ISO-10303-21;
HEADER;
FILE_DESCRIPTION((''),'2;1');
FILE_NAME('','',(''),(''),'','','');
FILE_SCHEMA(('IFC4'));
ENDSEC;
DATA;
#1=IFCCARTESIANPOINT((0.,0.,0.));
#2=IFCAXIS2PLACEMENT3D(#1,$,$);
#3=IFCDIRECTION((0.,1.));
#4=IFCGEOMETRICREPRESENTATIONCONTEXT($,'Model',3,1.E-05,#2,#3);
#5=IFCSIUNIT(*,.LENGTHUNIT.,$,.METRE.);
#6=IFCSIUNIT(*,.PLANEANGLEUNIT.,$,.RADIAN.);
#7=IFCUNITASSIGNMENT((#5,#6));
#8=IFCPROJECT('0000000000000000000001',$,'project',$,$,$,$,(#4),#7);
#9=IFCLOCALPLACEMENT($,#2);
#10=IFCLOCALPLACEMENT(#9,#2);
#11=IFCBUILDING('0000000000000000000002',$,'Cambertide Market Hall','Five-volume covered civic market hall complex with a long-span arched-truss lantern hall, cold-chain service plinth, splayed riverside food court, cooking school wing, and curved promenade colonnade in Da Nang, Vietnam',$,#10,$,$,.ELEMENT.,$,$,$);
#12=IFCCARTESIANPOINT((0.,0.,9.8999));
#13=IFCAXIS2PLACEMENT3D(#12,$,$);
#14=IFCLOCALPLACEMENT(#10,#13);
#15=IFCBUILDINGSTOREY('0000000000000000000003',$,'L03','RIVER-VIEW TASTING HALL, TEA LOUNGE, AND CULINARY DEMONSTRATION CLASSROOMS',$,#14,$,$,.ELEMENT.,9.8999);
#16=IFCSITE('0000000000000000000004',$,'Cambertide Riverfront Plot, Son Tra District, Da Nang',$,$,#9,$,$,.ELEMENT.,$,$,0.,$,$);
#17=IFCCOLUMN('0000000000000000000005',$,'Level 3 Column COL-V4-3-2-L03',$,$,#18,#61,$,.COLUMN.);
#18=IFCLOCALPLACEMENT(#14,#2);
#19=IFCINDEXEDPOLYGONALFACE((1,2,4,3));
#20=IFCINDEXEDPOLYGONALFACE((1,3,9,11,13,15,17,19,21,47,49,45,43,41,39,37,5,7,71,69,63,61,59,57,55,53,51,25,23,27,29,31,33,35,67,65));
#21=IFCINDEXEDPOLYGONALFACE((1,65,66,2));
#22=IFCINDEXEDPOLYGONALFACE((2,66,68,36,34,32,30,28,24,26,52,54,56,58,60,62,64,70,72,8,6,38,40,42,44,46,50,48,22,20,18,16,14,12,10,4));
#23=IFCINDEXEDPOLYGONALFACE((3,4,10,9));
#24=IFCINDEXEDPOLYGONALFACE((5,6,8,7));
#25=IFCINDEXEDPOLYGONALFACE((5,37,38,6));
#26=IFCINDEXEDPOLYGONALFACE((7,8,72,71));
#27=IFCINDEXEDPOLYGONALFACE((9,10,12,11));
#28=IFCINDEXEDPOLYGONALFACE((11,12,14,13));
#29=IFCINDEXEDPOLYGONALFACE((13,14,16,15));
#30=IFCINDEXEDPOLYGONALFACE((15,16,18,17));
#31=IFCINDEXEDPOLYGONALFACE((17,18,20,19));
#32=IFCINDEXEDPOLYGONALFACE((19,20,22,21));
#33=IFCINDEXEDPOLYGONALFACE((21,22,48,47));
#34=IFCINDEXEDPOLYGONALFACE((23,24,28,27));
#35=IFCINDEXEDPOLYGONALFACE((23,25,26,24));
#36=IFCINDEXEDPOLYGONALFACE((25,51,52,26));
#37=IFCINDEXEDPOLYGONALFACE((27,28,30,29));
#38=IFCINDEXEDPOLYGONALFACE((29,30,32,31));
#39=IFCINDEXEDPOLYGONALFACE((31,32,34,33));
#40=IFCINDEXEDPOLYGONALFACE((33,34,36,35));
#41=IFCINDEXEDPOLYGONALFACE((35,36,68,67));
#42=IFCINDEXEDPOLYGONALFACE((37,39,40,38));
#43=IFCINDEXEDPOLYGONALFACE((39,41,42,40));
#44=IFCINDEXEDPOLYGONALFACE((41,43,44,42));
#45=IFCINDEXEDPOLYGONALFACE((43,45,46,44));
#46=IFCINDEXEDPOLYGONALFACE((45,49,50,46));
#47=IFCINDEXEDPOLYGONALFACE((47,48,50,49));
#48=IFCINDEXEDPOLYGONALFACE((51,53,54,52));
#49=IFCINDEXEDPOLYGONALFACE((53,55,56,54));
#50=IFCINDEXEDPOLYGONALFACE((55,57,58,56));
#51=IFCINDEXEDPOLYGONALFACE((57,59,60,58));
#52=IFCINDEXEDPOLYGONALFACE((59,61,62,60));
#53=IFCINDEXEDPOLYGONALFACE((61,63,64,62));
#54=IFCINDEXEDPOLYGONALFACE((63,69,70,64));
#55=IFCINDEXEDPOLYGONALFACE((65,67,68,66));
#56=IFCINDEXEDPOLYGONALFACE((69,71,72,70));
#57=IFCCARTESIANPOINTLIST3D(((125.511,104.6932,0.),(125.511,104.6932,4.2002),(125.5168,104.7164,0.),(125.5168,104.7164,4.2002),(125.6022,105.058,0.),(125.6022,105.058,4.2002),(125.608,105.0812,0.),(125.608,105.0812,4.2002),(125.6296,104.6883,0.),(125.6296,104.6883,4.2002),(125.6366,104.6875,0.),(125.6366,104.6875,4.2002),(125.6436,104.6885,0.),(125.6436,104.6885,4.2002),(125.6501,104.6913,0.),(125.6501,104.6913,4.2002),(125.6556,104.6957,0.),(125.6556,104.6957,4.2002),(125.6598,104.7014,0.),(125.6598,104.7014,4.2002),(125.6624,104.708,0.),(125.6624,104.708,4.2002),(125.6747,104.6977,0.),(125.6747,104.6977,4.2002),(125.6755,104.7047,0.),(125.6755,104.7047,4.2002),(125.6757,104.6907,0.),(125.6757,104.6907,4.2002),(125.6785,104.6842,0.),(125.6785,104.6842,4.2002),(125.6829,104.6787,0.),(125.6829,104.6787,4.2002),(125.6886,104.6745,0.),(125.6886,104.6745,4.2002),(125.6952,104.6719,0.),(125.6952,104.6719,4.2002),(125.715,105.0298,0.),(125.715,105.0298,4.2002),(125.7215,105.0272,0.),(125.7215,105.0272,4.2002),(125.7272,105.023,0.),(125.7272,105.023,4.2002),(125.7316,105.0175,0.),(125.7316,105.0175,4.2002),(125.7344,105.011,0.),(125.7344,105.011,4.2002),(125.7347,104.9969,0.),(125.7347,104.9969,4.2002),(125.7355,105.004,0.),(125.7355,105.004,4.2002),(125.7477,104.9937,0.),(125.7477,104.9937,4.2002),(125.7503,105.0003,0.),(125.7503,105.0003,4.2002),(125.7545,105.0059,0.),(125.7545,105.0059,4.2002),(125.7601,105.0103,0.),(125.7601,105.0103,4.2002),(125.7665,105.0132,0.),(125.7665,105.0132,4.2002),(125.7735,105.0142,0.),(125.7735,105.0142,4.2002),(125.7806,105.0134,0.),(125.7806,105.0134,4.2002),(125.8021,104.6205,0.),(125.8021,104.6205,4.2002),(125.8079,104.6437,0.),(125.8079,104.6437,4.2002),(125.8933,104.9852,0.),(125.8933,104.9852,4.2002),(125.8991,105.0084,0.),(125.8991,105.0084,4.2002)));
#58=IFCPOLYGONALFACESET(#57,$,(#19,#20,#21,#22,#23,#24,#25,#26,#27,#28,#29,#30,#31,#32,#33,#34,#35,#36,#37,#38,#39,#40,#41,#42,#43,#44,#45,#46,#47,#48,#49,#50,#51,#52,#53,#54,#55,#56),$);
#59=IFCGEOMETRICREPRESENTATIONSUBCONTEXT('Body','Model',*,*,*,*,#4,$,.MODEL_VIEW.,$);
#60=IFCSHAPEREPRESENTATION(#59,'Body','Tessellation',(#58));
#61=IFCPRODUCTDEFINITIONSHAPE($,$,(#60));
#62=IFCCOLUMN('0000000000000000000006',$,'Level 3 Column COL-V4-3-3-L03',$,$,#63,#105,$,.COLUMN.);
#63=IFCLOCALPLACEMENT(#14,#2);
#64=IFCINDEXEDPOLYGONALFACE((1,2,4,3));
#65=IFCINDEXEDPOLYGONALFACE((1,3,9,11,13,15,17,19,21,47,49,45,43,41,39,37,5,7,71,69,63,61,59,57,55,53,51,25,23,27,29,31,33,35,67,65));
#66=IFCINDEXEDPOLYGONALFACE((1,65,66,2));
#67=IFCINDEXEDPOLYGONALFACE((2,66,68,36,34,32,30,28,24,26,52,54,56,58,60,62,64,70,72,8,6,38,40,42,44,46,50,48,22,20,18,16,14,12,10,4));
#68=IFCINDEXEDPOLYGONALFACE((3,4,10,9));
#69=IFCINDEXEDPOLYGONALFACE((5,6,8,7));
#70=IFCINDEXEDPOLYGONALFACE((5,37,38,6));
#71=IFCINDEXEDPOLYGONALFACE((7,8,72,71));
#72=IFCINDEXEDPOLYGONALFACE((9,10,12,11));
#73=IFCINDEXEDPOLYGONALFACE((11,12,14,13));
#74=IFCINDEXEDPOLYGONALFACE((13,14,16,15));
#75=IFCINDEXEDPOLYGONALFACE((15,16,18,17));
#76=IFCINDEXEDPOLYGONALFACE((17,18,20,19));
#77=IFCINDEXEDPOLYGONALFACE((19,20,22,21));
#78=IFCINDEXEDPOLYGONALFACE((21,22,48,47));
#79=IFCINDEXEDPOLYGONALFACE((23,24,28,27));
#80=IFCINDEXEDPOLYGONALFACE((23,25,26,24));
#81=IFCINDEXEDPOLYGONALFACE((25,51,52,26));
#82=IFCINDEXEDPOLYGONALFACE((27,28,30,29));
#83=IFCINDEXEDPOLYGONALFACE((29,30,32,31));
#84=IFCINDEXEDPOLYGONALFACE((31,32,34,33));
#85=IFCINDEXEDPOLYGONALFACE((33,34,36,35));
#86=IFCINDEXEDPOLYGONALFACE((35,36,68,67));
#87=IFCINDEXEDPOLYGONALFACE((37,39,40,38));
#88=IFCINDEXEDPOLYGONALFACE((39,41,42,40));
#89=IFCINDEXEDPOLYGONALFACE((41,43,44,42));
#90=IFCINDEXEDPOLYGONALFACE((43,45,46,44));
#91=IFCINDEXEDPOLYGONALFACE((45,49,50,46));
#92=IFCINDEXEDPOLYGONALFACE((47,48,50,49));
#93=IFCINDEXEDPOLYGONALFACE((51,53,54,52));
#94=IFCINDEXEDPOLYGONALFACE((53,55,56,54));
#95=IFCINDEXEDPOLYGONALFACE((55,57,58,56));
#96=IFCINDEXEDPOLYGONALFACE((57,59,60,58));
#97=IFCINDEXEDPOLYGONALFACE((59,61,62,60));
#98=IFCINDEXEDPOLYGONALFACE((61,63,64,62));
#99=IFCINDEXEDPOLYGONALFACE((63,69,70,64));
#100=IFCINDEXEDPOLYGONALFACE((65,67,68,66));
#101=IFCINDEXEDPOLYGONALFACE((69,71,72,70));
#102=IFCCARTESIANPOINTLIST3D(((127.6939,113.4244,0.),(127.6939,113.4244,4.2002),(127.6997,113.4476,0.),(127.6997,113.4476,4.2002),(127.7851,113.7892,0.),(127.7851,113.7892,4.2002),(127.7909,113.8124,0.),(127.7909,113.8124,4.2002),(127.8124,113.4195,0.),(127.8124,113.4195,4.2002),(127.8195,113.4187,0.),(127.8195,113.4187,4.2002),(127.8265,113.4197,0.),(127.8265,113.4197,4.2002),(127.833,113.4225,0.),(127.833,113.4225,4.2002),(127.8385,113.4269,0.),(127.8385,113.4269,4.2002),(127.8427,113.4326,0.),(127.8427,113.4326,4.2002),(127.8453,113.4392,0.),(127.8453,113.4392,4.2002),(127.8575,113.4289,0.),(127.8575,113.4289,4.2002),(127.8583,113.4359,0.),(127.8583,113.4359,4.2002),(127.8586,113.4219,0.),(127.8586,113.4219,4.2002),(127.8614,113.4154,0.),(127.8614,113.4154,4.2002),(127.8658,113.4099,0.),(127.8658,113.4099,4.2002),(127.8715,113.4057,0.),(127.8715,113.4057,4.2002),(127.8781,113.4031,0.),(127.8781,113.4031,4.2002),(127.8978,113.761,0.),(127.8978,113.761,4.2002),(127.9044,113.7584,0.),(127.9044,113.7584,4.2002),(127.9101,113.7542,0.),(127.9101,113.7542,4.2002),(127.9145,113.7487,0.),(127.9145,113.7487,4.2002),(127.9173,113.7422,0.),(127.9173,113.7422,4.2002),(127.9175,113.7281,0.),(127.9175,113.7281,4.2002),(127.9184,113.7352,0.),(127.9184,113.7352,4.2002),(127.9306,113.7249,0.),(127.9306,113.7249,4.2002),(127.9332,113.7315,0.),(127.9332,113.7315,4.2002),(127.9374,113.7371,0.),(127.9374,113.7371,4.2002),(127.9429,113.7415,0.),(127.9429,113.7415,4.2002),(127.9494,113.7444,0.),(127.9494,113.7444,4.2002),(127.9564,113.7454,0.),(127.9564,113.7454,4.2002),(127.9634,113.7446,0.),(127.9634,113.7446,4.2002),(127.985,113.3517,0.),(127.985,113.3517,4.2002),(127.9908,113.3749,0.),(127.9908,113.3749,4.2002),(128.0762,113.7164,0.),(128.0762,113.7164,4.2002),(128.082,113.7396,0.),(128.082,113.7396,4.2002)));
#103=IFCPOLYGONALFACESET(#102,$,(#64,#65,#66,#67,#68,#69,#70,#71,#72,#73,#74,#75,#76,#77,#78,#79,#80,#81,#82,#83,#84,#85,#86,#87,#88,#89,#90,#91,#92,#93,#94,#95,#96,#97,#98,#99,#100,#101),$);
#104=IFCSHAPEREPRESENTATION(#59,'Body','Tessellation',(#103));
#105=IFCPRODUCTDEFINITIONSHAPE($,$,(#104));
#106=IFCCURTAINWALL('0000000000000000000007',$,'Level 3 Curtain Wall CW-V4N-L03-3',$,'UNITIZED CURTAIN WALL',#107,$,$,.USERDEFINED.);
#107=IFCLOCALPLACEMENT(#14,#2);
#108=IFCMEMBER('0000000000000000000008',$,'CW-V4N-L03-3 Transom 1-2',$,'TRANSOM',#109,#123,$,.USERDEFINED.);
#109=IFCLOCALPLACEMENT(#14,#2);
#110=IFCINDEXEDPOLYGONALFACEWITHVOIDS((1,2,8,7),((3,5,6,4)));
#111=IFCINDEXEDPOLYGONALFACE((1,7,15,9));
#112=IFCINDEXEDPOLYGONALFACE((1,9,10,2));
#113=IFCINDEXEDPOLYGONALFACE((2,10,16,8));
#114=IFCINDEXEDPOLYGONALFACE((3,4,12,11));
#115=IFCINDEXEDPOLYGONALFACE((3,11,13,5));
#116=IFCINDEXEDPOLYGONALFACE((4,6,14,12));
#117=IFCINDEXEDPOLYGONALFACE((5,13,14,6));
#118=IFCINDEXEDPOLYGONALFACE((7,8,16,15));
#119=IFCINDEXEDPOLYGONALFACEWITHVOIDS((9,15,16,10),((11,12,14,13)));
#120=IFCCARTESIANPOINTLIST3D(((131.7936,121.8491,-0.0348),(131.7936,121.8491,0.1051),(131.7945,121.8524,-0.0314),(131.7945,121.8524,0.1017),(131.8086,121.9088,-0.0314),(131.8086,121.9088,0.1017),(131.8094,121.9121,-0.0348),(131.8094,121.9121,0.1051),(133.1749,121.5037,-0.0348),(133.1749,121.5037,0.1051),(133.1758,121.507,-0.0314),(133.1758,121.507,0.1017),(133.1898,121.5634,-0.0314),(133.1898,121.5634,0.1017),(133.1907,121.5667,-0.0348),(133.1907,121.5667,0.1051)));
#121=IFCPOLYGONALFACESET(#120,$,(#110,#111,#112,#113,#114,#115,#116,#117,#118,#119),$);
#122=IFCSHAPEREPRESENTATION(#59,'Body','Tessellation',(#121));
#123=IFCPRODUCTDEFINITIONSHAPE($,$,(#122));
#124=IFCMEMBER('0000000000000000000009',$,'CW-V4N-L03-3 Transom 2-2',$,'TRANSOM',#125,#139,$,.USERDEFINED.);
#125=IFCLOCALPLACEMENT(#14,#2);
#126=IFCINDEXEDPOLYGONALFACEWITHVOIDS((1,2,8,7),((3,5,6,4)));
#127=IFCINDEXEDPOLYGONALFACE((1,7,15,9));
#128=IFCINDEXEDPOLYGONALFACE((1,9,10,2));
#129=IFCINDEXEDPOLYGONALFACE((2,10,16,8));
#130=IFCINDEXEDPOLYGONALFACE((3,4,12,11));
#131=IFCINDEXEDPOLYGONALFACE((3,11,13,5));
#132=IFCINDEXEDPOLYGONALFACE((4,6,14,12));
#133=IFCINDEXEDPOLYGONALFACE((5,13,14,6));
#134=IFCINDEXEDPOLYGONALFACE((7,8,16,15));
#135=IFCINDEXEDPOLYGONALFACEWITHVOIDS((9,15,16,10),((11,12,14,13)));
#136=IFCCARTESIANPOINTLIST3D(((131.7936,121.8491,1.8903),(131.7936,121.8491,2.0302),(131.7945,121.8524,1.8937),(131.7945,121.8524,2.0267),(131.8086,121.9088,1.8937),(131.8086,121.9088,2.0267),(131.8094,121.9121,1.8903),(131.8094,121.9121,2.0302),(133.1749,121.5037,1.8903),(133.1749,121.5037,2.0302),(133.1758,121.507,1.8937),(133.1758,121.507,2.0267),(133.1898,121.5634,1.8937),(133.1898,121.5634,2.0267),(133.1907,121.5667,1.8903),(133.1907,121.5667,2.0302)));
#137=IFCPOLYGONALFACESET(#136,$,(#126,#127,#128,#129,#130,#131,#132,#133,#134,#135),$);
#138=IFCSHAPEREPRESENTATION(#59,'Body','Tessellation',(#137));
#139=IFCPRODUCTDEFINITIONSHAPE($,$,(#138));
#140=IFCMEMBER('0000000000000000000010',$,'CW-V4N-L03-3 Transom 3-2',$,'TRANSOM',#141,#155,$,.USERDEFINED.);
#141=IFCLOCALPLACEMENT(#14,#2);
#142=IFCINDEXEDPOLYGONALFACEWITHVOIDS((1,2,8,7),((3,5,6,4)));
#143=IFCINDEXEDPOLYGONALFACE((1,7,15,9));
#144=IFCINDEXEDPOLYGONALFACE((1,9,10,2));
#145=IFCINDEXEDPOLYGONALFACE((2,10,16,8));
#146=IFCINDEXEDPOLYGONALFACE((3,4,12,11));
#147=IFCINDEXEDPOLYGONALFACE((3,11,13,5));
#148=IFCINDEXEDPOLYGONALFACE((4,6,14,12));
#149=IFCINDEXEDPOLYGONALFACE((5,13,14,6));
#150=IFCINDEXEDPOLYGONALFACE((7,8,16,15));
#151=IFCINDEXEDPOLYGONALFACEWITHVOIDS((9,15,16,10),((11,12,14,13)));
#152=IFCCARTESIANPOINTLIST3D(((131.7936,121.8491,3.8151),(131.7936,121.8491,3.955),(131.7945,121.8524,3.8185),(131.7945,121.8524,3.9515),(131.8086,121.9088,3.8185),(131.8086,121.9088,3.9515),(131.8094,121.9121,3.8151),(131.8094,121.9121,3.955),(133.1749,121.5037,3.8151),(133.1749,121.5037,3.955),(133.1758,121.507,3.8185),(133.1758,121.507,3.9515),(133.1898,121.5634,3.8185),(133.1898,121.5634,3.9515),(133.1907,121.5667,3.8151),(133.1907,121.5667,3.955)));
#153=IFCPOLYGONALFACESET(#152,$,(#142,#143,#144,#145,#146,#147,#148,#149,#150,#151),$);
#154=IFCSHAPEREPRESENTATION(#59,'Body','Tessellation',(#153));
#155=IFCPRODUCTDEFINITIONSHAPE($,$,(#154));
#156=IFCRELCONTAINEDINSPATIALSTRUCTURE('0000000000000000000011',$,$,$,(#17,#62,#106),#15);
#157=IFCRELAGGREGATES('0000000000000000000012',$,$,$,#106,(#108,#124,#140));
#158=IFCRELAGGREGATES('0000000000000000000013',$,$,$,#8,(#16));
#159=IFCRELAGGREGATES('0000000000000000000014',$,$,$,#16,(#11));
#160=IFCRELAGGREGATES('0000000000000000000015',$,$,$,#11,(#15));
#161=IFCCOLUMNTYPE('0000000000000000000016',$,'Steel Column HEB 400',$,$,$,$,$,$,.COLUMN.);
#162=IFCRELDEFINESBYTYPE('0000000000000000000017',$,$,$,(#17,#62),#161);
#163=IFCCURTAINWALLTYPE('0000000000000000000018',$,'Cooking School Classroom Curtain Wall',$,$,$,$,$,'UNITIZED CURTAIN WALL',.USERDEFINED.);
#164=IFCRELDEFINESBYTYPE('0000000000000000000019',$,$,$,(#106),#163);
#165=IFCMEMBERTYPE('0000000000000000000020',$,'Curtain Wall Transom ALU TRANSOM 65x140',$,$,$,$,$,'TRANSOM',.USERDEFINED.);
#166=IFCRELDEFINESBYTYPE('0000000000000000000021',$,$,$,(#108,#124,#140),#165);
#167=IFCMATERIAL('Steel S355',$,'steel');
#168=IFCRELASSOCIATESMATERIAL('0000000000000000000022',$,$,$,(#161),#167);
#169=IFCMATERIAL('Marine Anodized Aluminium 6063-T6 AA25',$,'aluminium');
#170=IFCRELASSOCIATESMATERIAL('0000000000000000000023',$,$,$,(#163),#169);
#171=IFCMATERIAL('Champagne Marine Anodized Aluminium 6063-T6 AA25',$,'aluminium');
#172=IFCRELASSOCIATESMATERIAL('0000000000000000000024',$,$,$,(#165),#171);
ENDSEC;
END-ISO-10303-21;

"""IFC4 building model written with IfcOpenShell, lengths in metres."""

from ifc_helpers import new_model, si_unit, direction, frame, origin, origin_2d, place, context, subcontext, project, spatial, hollow_rectangle, i_section, extrude, material, material_profile, profile_set, type_object, element, aggregate, save


model = new_model("IFC4")

# Units and contexts
model_context = context("Model", 3, precision=1e-05, world=origin(), true_north=direction((0.0, 1.0)))
body_context = subcontext(model_context, "Body", "Model", "MODEL_VIEW")
ifc_project = project(units=[si_unit("LENGTHUNIT", "METRE"), si_unit("PLANEANGLEUNIT", "RADIAN")], contexts=[model_context])

# Site, building, storey
site_placement = place(None, origin())
site = spatial("IfcSite", under=ifc_project, at=site_placement, Name="Cambertide Riverfront Plot, Son Tra District, Da Nang", CompositionType="ELEMENT", RefElevation=0.0)
building_placement = place(site_placement, origin())
building = spatial("IfcBuilding", under=site, at=building_placement, Name="Cambertide Market Hall", Description="Five-volume covered civic market hall complex with a long-span arched-truss lantern hall, cold-chain service plinth, splayed riverside food court, cooking school wing, and curved promenade colonnade in Da Nang, Vietnam", CompositionType="ELEMENT")
storey_placement = place(building_placement, frame((0.0, 0.0, 9.8999)))
storey = spatial("IfcBuildingStorey", under=building, at=storey_placement, Name="L03", Description="RIVER-VIEW TASTING HALL, TEA LOUNGE, AND CULINARY DEMONSTRATION CLASSROOMS", CompositionType="ELEMENT", Elevation=9.8999)

# Columns
ifc_material_1 = material(Name="Steel S355", Category="steel")
ifc_material_profile_1 = material_profile(ifc_material_1, i_section(OverallWidth=0.3, OverallDepth=0.3999, WebThickness=0.0134, FlangeThickness=0.0239, FilletRadius=0.0271, at=origin_2d()), Name="HEB 400")
ifc_profile_set_1 = profile_set([ifc_material_profile_1], Name="Steel S355")
column_type = type_object("IfcColumnType", Name="Steel Column HEB 400", PredefinedType="COLUMN", material=ifc_profile_set_1)
for number, where, z_axis, x_axis, name in (
    (1, (125.7051, 104.8508, 0.0), (0.0, 0.0, 1.0), (0.970143, -0.242536, 0.0), "Level 3 Column COL-V4-3-2-L03"),
    (2, (127.8879, 113.582, 0.0), (0.0, 0.0, 1.0), (0.970143, -0.242536, 0.0), "Level 3 Column COL-V4-3-3-L03"),
):
    element("IfcColumn", number, at=place(storey_placement, frame(where, z_axis=z_axis, x_axis=x_axis)), inside=storey, type_object=column_type, Name=name, PredefinedType="COLUMN", context=body_context, shape_type="SweptSolid", body=[
        extrude(i_section(OverallWidth=0.3, OverallDepth=0.3999, WebThickness=0.0134, FlangeThickness=0.0239, FilletRadius=0.0271, at=origin_2d()), origin(), (0.0, 0.0, 1.0), 4.2002),
    ])

# Curtain wall, members
ifc_material_2 = material(Name="Marine Anodized Aluminium 6063-T6 AA25", Category="aluminium")
curtain_wall_type = type_object("IfcCurtainWallType", Name="Cooking School Classroom Curtain Wall", ElementType="UNITIZED CURTAIN WALL", PredefinedType="USERDEFINED", material=ifc_material_2)
curtain_wall_placement = place(storey_placement, origin())
curtain_wall = element("IfcCurtainWall", 3, at=curtain_wall_placement, inside=storey, type_object=curtain_wall_type, Name="Level 3 Curtain Wall CW-V4N-L03-3", ObjectType="UNITIZED CURTAIN WALL", PredefinedType="USERDEFINED")
ifc_material_3 = material(Name="Champagne Marine Anodized Aluminium 6063-T6 AA25", Category="aluminium")
ifc_material_profile_2 = material_profile(ifc_material_3, hollow_rectangle(XDim=0.0649, YDim=0.1399, WallThickness=0.0034, at=origin_2d()), Name="ALU TRANSOM 65x140")
ifc_profile_set_2 = profile_set([ifc_material_profile_2], Name="Champagne Marine Anodized Aluminium 6063-T6 AA25")
member_type = type_object("IfcMemberType", Name="Curtain Wall Transom ALU TRANSOM 65x140", ElementType="TRANSOM", PredefinedType="USERDEFINED", material=ifc_profile_set_2)
member_1_placement = place(storey_placement, frame((131.8015, 121.8806, 0.0352), z_axis=(0.970122, -0.242616, 0.0), x_axis=(0.242616, 0.970122, 0.0)))
member_1 = element("IfcMember", 4, at=member_1_placement, type_object=member_type, Name="CW-V4N-L03-3 Transom 1-2", ObjectType="TRANSOM", PredefinedType="USERDEFINED", context=body_context, shape_type="SweptSolid", body=[
    extrude(hollow_rectangle(XDim=0.0649, YDim=0.1399, WallThickness=0.0034, at=origin_2d()), origin(), (0.0, 0.0, 1.0), 1.4238),
])
member_2_placement = place(storey_placement, frame((131.8015, 121.8806, 1.9602), z_axis=(0.970122, -0.242616, 0.0), x_axis=(0.242616, 0.970122, 0.0)))
member_2 = element("IfcMember", 5, at=member_2_placement, type_object=member_type, Name="CW-V4N-L03-3 Transom 2-2", ObjectType="TRANSOM", PredefinedType="USERDEFINED", context=body_context, shape_type="SweptSolid", body=[
    extrude(hollow_rectangle(XDim=0.0649, YDim=0.1399, WallThickness=0.0034, at=origin_2d()), origin(), (0.0, 0.0, 1.0), 1.4238),
])
member_3_placement = place(storey_placement, frame((131.8015, 121.8806, 3.885), z_axis=(0.970122, -0.242616, 0.0), x_axis=(0.242616, 0.970122, 0.0)))
member_3 = element("IfcMember", 6, at=member_3_placement, type_object=member_type, Name="CW-V4N-L03-3 Transom 3-2", ObjectType="TRANSOM", PredefinedType="USERDEFINED", context=body_context, shape_type="SweptSolid", body=[
    extrude(hollow_rectangle(XDim=0.0649, YDim=0.1399, WallThickness=0.0034, at=origin_2d()), origin(), (0.0, 0.0, 1.0), 1.4238),
])

aggregate(curtain_wall, [member_1, member_2, member_3])

save(model, "model.ifc")
